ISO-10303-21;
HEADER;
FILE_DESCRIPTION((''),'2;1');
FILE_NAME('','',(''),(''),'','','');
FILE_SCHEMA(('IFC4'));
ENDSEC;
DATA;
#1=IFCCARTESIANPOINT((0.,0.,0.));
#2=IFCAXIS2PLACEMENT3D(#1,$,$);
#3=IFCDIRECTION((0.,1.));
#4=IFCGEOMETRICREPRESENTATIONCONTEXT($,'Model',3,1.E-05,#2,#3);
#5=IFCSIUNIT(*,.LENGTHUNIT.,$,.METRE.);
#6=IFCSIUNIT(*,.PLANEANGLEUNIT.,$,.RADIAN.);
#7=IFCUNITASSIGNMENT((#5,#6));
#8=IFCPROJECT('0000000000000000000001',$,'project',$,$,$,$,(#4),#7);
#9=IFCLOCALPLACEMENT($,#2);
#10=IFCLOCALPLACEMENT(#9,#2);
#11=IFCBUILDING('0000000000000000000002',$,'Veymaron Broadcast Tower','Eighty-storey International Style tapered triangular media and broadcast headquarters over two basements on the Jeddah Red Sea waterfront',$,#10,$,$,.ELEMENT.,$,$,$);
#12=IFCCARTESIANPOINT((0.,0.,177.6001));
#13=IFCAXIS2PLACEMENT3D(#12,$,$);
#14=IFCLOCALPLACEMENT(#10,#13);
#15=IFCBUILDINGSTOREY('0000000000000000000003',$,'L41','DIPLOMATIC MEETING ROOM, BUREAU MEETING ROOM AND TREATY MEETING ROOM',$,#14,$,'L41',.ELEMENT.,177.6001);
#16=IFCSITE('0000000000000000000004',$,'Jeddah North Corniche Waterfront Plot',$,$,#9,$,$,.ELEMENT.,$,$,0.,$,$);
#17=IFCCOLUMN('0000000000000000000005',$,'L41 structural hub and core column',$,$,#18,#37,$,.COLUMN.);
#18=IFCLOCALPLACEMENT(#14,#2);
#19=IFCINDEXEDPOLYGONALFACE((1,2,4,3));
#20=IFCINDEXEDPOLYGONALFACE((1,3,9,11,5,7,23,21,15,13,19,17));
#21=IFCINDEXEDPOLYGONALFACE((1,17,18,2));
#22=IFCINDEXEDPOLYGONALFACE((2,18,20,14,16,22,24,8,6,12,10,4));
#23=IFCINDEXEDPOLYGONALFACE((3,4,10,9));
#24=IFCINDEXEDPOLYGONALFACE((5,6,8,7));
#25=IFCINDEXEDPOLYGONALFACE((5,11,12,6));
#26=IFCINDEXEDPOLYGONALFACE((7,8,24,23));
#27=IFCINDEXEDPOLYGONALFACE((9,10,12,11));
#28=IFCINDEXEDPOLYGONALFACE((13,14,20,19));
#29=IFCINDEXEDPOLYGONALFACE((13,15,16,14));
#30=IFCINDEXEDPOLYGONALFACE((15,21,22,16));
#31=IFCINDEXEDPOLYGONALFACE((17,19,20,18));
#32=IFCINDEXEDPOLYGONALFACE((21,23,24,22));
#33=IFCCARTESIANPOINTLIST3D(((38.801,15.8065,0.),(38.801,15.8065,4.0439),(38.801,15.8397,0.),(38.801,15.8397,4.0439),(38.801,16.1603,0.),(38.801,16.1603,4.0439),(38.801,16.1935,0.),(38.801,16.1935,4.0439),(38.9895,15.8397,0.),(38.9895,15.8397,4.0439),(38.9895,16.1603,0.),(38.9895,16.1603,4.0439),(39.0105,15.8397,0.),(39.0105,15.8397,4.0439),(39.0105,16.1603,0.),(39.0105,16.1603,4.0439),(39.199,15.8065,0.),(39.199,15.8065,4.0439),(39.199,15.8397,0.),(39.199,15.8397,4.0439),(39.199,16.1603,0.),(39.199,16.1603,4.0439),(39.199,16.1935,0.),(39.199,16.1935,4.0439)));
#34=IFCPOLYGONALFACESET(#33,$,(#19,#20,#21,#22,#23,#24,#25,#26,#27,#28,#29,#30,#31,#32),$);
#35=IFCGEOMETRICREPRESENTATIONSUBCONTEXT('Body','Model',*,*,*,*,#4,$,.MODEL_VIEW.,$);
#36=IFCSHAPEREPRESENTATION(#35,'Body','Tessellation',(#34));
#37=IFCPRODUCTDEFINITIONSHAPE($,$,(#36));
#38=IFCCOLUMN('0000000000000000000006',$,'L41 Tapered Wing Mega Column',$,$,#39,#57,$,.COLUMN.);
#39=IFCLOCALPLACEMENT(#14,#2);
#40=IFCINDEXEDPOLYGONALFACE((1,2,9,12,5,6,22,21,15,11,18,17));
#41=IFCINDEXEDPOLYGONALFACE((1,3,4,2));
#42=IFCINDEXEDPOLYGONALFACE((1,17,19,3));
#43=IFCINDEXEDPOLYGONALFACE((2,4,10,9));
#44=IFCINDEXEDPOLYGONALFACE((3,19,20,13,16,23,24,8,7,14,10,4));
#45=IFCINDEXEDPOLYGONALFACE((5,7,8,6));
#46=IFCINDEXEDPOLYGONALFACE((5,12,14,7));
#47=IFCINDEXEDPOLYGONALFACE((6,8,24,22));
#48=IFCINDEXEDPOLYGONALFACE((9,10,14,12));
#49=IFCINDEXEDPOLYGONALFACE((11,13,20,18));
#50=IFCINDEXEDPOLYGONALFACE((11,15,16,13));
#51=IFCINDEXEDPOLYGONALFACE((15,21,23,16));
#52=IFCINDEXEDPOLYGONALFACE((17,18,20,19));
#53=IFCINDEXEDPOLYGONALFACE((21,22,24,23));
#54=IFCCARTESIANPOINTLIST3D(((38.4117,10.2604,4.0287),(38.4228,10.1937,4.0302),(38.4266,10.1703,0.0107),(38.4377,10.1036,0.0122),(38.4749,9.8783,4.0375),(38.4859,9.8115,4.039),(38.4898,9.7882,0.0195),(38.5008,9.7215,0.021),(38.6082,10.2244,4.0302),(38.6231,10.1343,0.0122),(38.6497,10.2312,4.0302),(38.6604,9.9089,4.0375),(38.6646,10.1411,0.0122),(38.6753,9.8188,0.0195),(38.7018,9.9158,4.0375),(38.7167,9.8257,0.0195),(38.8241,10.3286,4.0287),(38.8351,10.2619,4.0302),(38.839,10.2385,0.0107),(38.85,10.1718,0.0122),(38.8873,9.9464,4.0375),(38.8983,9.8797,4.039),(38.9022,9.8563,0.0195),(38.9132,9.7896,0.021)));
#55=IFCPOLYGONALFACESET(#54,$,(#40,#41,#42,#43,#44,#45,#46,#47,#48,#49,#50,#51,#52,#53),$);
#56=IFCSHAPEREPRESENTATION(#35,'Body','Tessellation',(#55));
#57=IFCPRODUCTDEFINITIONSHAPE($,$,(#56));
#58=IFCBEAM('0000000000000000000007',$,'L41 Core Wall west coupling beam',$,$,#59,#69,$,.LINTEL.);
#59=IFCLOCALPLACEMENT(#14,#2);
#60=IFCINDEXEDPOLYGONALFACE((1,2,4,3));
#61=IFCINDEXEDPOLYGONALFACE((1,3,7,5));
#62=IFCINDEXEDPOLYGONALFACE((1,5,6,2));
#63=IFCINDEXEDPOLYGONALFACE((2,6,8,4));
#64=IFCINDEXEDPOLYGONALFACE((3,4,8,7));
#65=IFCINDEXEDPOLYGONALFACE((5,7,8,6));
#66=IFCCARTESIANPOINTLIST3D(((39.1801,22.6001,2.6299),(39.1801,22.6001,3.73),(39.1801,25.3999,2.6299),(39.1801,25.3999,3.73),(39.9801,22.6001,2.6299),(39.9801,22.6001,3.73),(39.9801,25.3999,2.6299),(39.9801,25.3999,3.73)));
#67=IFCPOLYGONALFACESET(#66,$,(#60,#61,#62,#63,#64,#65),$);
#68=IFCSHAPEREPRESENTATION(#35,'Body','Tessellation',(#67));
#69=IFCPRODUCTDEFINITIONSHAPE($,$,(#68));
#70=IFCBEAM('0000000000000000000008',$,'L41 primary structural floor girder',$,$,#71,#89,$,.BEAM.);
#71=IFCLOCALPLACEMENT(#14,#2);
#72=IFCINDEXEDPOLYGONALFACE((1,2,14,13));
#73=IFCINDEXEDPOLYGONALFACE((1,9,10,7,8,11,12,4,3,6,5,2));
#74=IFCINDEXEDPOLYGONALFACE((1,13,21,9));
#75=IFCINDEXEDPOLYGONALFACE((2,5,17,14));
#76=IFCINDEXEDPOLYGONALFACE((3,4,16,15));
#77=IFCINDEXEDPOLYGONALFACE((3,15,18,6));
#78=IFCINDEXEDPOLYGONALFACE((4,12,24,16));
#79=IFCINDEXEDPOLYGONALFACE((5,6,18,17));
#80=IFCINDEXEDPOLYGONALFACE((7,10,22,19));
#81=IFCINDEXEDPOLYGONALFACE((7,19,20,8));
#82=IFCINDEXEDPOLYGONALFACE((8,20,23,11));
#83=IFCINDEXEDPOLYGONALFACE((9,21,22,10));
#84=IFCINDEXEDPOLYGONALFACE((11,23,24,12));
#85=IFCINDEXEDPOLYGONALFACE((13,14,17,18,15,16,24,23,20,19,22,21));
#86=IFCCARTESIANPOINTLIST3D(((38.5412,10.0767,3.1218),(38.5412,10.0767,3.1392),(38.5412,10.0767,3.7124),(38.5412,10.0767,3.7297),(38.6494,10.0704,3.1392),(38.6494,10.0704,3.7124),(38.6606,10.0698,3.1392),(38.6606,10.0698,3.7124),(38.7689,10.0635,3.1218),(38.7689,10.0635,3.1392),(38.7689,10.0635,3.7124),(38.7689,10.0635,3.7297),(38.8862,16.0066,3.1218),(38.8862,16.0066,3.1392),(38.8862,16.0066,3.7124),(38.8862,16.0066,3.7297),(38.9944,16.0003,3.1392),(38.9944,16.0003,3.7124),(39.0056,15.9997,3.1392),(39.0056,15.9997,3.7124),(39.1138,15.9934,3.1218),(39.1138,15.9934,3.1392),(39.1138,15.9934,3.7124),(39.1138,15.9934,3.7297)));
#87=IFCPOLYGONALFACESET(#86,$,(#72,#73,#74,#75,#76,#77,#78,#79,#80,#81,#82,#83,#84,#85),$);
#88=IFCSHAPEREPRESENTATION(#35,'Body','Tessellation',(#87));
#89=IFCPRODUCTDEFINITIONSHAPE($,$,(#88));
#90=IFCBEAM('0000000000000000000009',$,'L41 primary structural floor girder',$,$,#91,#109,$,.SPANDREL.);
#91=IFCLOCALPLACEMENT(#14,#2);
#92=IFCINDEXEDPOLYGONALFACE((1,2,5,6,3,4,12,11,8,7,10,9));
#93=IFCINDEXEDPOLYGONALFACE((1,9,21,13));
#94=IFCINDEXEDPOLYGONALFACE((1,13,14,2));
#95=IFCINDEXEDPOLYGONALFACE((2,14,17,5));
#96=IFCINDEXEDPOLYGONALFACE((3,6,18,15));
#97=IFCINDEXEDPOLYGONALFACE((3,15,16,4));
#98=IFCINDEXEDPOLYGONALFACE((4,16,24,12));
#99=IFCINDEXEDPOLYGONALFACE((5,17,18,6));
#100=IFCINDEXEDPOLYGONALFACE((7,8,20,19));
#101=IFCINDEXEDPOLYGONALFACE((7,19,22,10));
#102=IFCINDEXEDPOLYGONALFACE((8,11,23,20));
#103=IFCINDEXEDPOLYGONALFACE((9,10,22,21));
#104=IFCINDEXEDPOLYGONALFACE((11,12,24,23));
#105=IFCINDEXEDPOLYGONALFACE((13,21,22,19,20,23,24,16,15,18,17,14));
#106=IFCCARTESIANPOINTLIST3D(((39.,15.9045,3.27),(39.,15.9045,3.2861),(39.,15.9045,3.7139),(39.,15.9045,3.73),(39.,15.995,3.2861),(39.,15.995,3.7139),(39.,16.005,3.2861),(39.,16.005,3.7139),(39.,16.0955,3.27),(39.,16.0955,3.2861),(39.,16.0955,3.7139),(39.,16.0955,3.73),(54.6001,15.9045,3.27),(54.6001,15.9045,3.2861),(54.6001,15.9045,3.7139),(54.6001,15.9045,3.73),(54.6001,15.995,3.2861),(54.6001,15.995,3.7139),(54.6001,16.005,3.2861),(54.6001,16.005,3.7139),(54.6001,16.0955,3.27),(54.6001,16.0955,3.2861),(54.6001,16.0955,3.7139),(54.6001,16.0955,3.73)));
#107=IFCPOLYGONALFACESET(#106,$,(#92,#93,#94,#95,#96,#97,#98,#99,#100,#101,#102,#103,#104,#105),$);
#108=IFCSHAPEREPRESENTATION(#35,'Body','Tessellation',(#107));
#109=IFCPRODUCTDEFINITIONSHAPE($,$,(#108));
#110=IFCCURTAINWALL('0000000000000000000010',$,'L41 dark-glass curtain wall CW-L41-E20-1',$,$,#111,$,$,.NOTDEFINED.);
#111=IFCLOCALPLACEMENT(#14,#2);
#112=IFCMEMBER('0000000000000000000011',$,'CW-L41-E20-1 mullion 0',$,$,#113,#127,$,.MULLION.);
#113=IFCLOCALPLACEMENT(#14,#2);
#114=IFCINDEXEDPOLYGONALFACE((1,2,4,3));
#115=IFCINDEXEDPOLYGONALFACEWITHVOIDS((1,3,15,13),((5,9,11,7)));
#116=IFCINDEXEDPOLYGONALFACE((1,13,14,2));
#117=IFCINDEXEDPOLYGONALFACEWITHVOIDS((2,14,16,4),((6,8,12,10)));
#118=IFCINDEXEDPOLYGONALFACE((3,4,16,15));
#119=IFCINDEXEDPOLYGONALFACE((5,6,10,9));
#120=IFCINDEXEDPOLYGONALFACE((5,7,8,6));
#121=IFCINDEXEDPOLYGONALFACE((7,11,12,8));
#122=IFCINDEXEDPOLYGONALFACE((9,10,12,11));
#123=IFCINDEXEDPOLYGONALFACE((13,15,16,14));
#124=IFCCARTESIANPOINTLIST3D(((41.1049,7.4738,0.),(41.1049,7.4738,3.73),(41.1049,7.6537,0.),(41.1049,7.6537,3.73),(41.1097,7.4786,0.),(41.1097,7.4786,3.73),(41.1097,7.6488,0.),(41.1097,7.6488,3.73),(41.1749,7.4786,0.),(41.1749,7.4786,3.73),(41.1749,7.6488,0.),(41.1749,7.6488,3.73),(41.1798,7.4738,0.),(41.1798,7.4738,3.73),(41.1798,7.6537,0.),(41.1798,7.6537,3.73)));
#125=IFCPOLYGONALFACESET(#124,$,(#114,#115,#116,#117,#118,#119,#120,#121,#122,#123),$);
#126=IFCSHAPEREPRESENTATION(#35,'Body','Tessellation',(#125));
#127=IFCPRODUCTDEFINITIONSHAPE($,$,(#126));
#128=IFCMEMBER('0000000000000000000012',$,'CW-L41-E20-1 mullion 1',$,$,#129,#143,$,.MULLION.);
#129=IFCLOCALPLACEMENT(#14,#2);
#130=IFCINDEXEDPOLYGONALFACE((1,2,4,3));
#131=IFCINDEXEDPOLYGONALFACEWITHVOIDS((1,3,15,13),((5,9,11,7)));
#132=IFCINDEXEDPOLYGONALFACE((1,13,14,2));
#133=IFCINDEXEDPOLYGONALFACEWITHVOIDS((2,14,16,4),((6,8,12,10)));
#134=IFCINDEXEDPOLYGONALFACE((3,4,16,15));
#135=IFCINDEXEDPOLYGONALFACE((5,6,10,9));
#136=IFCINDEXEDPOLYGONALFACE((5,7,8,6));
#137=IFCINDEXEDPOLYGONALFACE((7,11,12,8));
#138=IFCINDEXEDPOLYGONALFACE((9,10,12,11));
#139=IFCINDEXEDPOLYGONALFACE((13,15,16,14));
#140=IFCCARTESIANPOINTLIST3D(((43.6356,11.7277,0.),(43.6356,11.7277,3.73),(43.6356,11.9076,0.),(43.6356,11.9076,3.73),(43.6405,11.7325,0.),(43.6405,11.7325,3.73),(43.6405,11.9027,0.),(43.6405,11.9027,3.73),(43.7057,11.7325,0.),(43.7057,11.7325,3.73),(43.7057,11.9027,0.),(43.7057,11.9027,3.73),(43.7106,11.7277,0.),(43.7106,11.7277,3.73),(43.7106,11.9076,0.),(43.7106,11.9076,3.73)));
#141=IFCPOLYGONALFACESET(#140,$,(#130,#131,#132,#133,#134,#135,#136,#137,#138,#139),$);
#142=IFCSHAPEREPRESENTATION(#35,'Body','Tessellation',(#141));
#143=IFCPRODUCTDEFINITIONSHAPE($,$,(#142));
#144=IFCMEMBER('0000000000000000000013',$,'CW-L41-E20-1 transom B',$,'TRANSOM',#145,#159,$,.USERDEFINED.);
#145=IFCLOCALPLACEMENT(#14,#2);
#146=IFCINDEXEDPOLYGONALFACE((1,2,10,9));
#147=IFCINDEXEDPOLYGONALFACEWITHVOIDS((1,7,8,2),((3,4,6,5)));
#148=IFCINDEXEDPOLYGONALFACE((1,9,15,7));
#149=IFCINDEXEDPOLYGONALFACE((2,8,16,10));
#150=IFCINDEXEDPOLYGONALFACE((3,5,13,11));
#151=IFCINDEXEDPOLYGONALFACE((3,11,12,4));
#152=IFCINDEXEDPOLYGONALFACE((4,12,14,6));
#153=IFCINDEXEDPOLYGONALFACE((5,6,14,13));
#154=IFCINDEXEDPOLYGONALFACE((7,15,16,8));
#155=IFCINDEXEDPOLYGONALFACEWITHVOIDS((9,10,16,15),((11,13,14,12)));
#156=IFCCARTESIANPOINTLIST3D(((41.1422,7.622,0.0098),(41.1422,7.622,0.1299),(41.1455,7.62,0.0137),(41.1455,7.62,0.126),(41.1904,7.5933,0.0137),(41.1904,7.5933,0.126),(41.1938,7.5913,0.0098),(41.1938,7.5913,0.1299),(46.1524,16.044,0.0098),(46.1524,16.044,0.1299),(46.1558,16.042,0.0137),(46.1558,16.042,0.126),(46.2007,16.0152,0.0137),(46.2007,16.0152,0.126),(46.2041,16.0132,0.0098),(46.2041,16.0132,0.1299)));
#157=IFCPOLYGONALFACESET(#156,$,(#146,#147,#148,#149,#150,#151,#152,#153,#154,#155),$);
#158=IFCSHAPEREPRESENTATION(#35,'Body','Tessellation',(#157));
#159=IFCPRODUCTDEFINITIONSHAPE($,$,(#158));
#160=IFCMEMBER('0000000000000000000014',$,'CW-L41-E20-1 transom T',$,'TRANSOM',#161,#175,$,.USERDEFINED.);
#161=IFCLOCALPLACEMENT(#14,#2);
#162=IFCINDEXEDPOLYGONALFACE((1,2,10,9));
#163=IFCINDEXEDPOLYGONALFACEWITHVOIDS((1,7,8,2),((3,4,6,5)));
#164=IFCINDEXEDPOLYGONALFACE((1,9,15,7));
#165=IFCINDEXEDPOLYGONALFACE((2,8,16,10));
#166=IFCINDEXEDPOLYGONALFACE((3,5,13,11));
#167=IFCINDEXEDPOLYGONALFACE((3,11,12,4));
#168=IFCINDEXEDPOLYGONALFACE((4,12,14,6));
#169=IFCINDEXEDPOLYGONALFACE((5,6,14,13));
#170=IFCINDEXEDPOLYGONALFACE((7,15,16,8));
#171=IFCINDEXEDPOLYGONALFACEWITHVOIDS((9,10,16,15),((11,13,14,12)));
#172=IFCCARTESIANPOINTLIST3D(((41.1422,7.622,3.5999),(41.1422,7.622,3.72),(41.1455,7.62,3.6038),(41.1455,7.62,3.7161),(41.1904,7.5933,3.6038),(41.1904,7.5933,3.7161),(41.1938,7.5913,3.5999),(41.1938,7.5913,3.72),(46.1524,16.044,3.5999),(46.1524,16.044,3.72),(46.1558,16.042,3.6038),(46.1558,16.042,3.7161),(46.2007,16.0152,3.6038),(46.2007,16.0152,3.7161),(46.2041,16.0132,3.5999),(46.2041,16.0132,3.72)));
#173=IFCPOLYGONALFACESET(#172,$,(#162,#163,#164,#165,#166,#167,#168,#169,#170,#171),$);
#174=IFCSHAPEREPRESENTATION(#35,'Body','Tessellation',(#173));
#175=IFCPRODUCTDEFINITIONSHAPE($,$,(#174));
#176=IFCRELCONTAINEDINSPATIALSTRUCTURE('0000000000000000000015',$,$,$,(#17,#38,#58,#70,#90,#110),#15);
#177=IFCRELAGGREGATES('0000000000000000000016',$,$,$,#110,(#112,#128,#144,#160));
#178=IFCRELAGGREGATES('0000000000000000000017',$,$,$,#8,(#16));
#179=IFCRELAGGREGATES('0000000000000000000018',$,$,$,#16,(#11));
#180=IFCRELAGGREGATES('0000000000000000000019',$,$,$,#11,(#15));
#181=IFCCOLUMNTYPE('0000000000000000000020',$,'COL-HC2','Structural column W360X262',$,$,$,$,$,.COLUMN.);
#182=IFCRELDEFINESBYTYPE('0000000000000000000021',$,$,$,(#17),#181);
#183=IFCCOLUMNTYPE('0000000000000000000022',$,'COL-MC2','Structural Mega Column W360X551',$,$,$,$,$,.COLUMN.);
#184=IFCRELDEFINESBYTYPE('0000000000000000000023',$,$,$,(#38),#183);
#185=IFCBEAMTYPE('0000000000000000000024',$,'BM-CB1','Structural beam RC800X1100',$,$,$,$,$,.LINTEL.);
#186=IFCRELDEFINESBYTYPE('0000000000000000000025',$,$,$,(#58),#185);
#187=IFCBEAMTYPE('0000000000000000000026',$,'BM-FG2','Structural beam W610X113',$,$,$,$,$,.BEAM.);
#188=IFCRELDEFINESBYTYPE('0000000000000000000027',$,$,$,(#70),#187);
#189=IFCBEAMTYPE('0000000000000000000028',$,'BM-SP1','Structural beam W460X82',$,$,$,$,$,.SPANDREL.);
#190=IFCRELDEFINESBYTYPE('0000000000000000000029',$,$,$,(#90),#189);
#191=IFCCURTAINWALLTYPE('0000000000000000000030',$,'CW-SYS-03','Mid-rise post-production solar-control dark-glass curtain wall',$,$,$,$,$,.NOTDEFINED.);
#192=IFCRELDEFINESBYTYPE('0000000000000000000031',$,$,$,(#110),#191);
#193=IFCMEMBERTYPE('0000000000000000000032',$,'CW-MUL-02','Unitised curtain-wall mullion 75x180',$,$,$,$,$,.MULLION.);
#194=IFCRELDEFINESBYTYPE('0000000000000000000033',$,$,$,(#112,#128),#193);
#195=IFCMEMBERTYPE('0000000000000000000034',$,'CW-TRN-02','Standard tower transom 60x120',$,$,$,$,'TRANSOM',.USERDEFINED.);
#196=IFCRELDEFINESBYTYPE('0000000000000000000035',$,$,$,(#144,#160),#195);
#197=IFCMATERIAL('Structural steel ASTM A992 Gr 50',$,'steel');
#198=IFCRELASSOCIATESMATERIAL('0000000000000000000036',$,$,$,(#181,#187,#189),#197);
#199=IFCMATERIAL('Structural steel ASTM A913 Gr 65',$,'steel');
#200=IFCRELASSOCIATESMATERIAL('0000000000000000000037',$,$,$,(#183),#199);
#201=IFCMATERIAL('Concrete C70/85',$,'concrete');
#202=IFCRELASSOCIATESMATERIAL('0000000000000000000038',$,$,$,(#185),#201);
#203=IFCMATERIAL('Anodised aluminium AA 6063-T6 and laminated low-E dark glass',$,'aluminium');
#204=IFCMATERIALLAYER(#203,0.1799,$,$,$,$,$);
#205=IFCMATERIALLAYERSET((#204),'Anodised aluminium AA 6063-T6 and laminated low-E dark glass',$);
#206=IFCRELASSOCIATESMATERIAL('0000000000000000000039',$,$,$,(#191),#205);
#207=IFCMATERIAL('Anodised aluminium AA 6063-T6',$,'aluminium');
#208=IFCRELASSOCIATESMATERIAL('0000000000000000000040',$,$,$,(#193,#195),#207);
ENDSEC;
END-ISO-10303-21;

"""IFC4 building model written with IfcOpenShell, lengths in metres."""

from ifc_helpers import new_model, si_unit, direction, frame, origin, origin_2d, place, context, subcontext, project, spatial, rectangle, hollow_rectangle, i_section, extrude, material, layer, layer_set, material_profile, profile_set, type_object, element, aggregate, save


model = new_model("IFC4")

# Units and contexts
model_context = context("Model", 3, precision=1e-05, world=origin(), true_north=direction((0.0, 1.0)))
body_context = subcontext(model_context, "Body", "Model", "MODEL_VIEW")
ifc_project = project(units=[si_unit("LENGTHUNIT", "METRE"), si_unit("PLANEANGLEUNIT", "RADIAN")], contexts=[model_context])

# Site, building, storey
site_placement = place(None, origin())
site = spatial("IfcSite", under=ifc_project, at=site_placement, Name="Jeddah North Corniche Waterfront Plot", CompositionType="ELEMENT", RefElevation=0.0)
building_placement = place(site_placement, origin())
building = spatial("IfcBuilding", under=site, at=building_placement, Name="Veymaron Broadcast Tower", Description="Eighty-storey International Style tapered triangular media and broadcast headquarters over two basements on the Jeddah Red Sea waterfront", CompositionType="ELEMENT")
storey_placement = place(building_placement, frame((0.0, 0.0, 177.6001)))
storey = spatial("IfcBuildingStorey", under=building, at=storey_placement, Name="L41", Description="DIPLOMATIC MEETING ROOM, BUREAU MEETING ROOM AND TREATY MEETING ROOM", LongName="L41", CompositionType="ELEMENT", Elevation=177.6001)

# Columns
ifc_material_1 = material(Name="Structural steel ASTM A992 Gr 50", Category="steel")
ifc_material_profile_1 = material_profile(ifc_material_1, i_section(OverallWidth=0.3979, OverallDepth=0.387, WebThickness=0.021, FlangeThickness=0.0332, at=origin_2d()), Name="W360X262")
ifc_profile_set_1 = profile_set([ifc_material_profile_1], Name="Structural steel ASTM A992 Gr 50")
column_type_1 = type_object("IfcColumnType", Name="COL-HC2", Description="Structural column W360X262", PredefinedType="COLUMN", material=ifc_profile_set_1)
column_1_placement = place(storey_placement, frame((39.0, 16.0, 0.0), z_axis=(0.0, 0.0, 1.0), x_axis=(1.0, 0.0, 0.0)))
element("IfcColumn", 1, at=column_1_placement, inside=storey, type_object=column_type_1, Name="L41 structural hub and core column", PredefinedType="COLUMN", context=body_context, shape_type="SweptSolid", body=[
    extrude(i_section(OverallWidth=0.3979, OverallDepth=0.387, WebThickness=0.021, FlangeThickness=0.0332, at=origin_2d()), origin(), (0.0, 0.0, 1.0), 4.0439),
])
ifc_material_2 = material(Name="Structural steel ASTM A913 Gr 65", Category="steel")
ifc_material_profile_2 = material_profile(ifc_material_2, i_section(OverallWidth=0.418, OverallDepth=0.4551, WebThickness=0.042, FlangeThickness=0.0676, at=origin_2d()), Name="W360X551")
ifc_profile_set_2 = profile_set([ifc_material_profile_2], Name="Structural steel ASTM A913 Gr 65")
column_type_2 = type_object("IfcColumnType", Name="COL-MC2", Description="Structural Mega Column W360X551", PredefinedType="COLUMN", material=ifc_profile_set_2)
column_2_placement = place(storey_placement, frame((38.6699, 9.98, 0.0159), z_axis=(-0.003705, 0.022415, 0.999742), x_axis=(-0.98661, -0.163098, 0.0)))
element("IfcColumn", 2, at=column_2_placement, inside=storey, type_object=column_type_2, Name="L41 Tapered Wing Mega Column", PredefinedType="COLUMN", context=body_context, shape_type="SweptSolid", body=[
    extrude(i_section(OverallWidth=0.418, OverallDepth=0.4551, WebThickness=0.042, FlangeThickness=0.0676, at=origin_2d()), origin(), (0.0, 0.0, 1.0), 4.019),
])

# Beams
ifc_material_3 = material(Name="Concrete C70/85", Category="concrete")
ifc_material_profile_3 = material_profile(ifc_material_3, rectangle(XDim=0.8, YDim=1.1001, at=origin_2d()), Name="RC800X1100")
ifc_profile_set_3 = profile_set([ifc_material_profile_3], Name="Concrete C70/85")
beam_type_1 = type_object("IfcBeamType", Name="BM-CB1", Description="Structural beam RC800X1100", PredefinedType="LINTEL", material=ifc_profile_set_3)
beam_1_placement = place(storey_placement, frame((39.5801, 22.6001, 3.1799), z_axis=(0.0, 1.0, 0.0), x_axis=(-1.0, 0.0, 0.0)))
element("IfcBeam", 3, at=beam_1_placement, inside=storey, type_object=beam_type_1, Name="L41 Core Wall west coupling beam", PredefinedType="LINTEL", context=body_context, shape_type="SweptSolid", body=[
    extrude(rectangle(XDim=0.8, YDim=1.1001, at=origin_2d()), origin(), (0.0, 0.0, 1.0), 2.7998),
])
ifc_material_profile_4 = material_profile(ifc_material_1, i_section(OverallWidth=0.228, OverallDepth=0.6079, WebThickness=0.0112, FlangeThickness=0.0173, at=origin_2d()), Name="W610X113")
ifc_profile_set_4 = profile_set([ifc_material_profile_4], Name="Structural steel ASTM A992 Gr 50")
beam_type_2 = type_object("IfcBeamType", Name="BM-FG2", Description="Structural beam W610X113", PredefinedType="BEAM", material=ifc_profile_set_4)
beam_2_placement = place(storey_placement, frame((39.0, 16.0, 3.4258), z_axis=(-0.058076, -0.998312, 0.0), x_axis=(0.998312, -0.058076, 0.0)))
element("IfcBeam", 4, at=beam_2_placement, inside=storey, type_object=beam_type_2, Name="L41 primary structural floor girder", PredefinedType="BEAM", context=body_context, shape_type="SweptSolid", body=[
    extrude(i_section(OverallWidth=0.228, OverallDepth=0.6079, WebThickness=0.0112, FlangeThickness=0.0173, at=origin_2d()), origin(), (0.0, 0.0, 1.0), 5.9399),
])
ifc_material_profile_5 = material_profile(ifc_material_1, i_section(OverallWidth=0.1909, OverallDepth=0.46, WebThickness=0.01, FlangeThickness=0.0161, at=origin_2d()), Name="W460X82")
ifc_profile_set_5 = profile_set([ifc_material_profile_5], Name="Structural steel ASTM A992 Gr 50")
beam_type_3 = type_object("IfcBeamType", Name="BM-SP1", Description="Structural beam W460X82", PredefinedType="SPANDREL", material=ifc_profile_set_5)
beam_3_placement = place(storey_placement, frame((39.0, 16.0, 3.5), z_axis=(1.0, 0.0, 0.0), x_axis=(0.0, 1.0, 0.0)))
element("IfcBeam", 5, at=beam_3_placement, inside=storey, type_object=beam_type_3, Name="L41 primary structural floor girder", PredefinedType="SPANDREL", context=body_context, shape_type="SweptSolid", body=[
    extrude(i_section(OverallWidth=0.1909, OverallDepth=0.46, WebThickness=0.01, FlangeThickness=0.0161, at=origin_2d()), origin(), (0.0, 0.0, 1.0), 15.6001),
])

# Curtain wall, members
ifc_material_4 = material(Name="Anodised aluminium AA 6063-T6 and laminated low-E dark glass", Category="aluminium")
ifc_layer_1 = layer(ifc_material_4, 0.1799)
ifc_layer_set_1 = layer_set([ifc_layer_1], Name="Anodised aluminium AA 6063-T6 and laminated low-E dark glass")
curtain_wall_type = type_object("IfcCurtainWallType", Name="CW-SYS-03", Description="Mid-rise post-production solar-control dark-glass curtain wall", PredefinedType="NOTDEFINED", material=ifc_layer_set_1)
curtain_wall_placement = place(storey_placement, origin())
curtain_wall = element("IfcCurtainWall", 6, at=curtain_wall_placement, inside=storey, type_object=curtain_wall_type, Name="L41 dark-glass curtain wall CW-L41-E20-1", PredefinedType="NOTDEFINED")
ifc_material_5 = material(Name="Anodised aluminium AA 6063-T6", Category="aluminium")
ifc_material_profile_6 = material_profile(ifc_material_5, hollow_rectangle(XDim=0.075, YDim=0.1799, WallThickness=0.0049, at=origin_2d()), Name="AL180X75X5")
ifc_profile_set_6 = profile_set([ifc_material_profile_6], Name="Anodised aluminium AA 6063-T6")
member_type_1 = type_object("IfcMemberType", Name="CW-MUL-02", Description="Unitised curtain-wall mullion 75x180", PredefinedType="MULLION", material=ifc_profile_set_6)
member_1_placement = place(storey_placement, frame((41.1423, 7.5637, 0.0), z_axis=(0.0, 0.0, 1.0), x_axis=(1.0, 0.0, 0.0)))
member_1 = element("IfcMember", 7, at=member_1_placement, type_object=member_type_1, Name="CW-L41-E20-1 mullion 0", PredefinedType="MULLION", context=body_context, shape_type="SweptSolid", body=[
    extrude(hollow_rectangle(XDim=0.075, YDim=0.1799, WallThickness=0.0049, at=origin_2d()), origin(), (0.0, 0.0, 1.0), 3.73),
])
member_2_placement = place(storey_placement, frame((43.6731, 11.8176, 0.0), z_axis=(0.0, 0.0, 1.0), x_axis=(1.0, 0.0, 0.0)))
member_2 = element("IfcMember", 8, at=member_2_placement, type_object=member_type_1, Name="CW-L41-E20-1 mullion 1", PredefinedType="MULLION", context=body_context, shape_type="SweptSolid", body=[
    extrude(hollow_rectangle(XDim=0.075, YDim=0.1799, WallThickness=0.0049, at=origin_2d()), origin(), (0.0, 0.0, 1.0), 3.73),
])
ifc_material_profile_7 = material_profile(ifc_material_5, hollow_rectangle(XDim=0.0601, YDim=0.1201, WallThickness=0.0039, at=origin_2d()), Name="AL120X60X4")
ifc_profile_set_7 = profile_set([ifc_material_profile_7], Name="Anodised aluminium AA 6063-T6")
member_type_2 = type_object("IfcMemberType", Name="CW-TRN-02", Description="Standard tower transom 60x120", ElementType="TRANSOM", PredefinedType="USERDEFINED", material=ifc_profile_set_7)
member_3_placement = place(storey_placement, frame((41.168, 7.6067, 0.0698), z_axis=(0.511275, 0.859417, 0.0), x_axis=(-0.859417, 0.511275, 0.0)))
member_3 = element("IfcMember", 9, at=member_3_placement, type_object=member_type_2, Name="CW-L41-E20-1 transom B", ObjectType="TRANSOM", PredefinedType="USERDEFINED", context=body_context, shape_type="SweptSolid", body=[
    extrude(hollow_rectangle(XDim=0.0601, YDim=0.1201, WallThickness=0.0039, at=origin_2d()), origin(), (0.0, 0.0, 1.0), 9.7996),
])
member_4_placement = place(storey_placement, frame((41.168, 7.6067, 3.6599), z_axis=(0.511275, 0.859417, 0.0), x_axis=(-0.859417, 0.511275, 0.0)))
member_4 = element("IfcMember", 10, at=member_4_placement, type_object=member_type_2, Name="CW-L41-E20-1 transom T", ObjectType="TRANSOM", PredefinedType="USERDEFINED", context=body_context, shape_type="SweptSolid", body=[
    extrude(hollow_rectangle(XDim=0.0601, YDim=0.1201, WallThickness=0.0039, at=origin_2d()), origin(), (0.0, 0.0, 1.0), 9.7996),
])
aggregate(curtain_wall, [member_1, member_2, member_3, member_4])

save(model, "model.ifc")
